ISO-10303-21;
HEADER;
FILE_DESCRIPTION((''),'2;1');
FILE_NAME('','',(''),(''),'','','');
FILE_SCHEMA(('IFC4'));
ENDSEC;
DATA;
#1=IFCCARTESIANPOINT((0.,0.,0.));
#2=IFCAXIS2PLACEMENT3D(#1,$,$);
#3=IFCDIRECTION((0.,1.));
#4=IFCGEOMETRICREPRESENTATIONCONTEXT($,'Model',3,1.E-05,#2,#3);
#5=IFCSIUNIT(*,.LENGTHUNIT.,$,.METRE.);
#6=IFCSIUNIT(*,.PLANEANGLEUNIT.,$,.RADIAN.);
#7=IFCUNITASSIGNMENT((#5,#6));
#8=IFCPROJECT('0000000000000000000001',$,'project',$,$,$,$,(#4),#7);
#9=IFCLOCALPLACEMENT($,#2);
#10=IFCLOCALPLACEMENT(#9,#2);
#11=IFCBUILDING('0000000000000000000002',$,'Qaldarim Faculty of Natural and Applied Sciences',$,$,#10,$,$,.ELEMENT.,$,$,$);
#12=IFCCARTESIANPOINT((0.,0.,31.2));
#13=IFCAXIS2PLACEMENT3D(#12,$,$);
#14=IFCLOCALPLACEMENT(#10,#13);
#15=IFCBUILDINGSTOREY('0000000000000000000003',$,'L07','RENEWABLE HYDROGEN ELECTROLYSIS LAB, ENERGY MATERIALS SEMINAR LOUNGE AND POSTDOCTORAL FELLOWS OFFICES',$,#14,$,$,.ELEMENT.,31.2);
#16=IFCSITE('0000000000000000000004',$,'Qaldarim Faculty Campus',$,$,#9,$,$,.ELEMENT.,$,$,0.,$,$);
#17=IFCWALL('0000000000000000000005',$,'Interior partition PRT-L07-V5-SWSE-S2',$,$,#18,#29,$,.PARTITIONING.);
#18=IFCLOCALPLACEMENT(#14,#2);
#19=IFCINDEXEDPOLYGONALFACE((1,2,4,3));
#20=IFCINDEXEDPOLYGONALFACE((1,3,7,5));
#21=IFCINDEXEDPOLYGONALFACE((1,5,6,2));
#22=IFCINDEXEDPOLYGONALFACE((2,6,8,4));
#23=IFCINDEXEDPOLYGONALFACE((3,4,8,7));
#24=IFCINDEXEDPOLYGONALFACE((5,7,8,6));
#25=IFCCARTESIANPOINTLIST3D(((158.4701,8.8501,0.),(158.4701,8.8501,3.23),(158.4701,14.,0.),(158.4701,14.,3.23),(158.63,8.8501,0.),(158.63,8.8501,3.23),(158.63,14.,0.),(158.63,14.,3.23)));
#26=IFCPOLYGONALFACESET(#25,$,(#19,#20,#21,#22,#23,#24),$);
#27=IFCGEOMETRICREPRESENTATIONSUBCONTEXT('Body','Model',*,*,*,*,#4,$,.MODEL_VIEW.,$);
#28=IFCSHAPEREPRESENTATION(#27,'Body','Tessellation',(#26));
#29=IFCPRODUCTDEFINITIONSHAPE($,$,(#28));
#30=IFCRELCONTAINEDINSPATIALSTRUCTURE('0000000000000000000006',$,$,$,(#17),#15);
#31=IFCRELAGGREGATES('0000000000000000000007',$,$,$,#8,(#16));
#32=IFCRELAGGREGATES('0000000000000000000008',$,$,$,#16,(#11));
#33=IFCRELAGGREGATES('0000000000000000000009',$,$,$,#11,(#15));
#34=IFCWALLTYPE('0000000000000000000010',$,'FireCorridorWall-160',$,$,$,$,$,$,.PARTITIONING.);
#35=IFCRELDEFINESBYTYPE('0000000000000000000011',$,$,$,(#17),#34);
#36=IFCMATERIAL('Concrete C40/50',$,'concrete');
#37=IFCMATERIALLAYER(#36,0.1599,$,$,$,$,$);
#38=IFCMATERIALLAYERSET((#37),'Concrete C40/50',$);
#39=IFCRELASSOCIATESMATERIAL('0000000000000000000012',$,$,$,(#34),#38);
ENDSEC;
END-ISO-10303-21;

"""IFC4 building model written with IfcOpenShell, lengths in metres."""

from ifc_helpers import new_model, si_unit, direction, frame, frame_2d, origin, place, context, subcontext, project, spatial, rectangle, extrude, material, layer, layer_set, type_object, element, save


model = new_model("IFC4")

# Units and contexts
model_context = context("Model", 3, precision=1e-05, world=origin(), true_north=direction((0.0, 1.0)))
body_context = subcontext(model_context, "Body", "Model", "MODEL_VIEW")
ifc_project = project(units=[si_unit("LENGTHUNIT", "METRE"), si_unit("PLANEANGLEUNIT", "RADIAN")], contexts=[model_context])

# Site, building, storey
site_placement = place(None, origin())
site = spatial("IfcSite", under=ifc_project, at=site_placement, Name="Qaldarim Faculty Campus", CompositionType="ELEMENT", RefElevation=0.0)
building_placement = place(site_placement, origin())
building = spatial("IfcBuilding", under=site, at=building_placement, Name="Qaldarim Faculty of Natural and Applied Sciences", CompositionType="ELEMENT")
storey_placement = place(building_placement, frame((0.0, 0.0, 31.2)))
storey = spatial("IfcBuildingStorey", under=building, at=storey_placement, Name="L07", Description="RENEWABLE HYDROGEN ELECTROLYSIS LAB, ENERGY MATERIALS SEMINAR LOUNGE AND POSTDOCTORAL FELLOWS OFFICES", CompositionType="ELEMENT", Elevation=31.2)

# Shared definitions
ifc_material_1 = material(Name="Concrete C40/50", Category="concrete")

# Shared definitions
ifc_layer_1 = layer(ifc_material_1, 0.1599)
ifc_layer_set_1 = layer_set([ifc_layer_1], Name="Concrete C40/50")
wall_type_1 = type_object("IfcWallType", Name="FireCorridorWall-160", PredefinedType="PARTITIONING", material=ifc_layer_set_1)

# Wall
wall_1_placement = place(storey_placement, frame((158.55, 8.8501, 0.0), z_axis=(0.0, 0.0, 1.0), x_axis=(0.0, 1.0, 0.0)))
element("IfcWall", 1, at=wall_1_placement, inside=storey, type_object=wall_type_1, Name="Interior partition PRT-L07-V5-SWSE-S2", PredefinedType="PARTITIONING", context=body_context, shape_type="SweptSolid", body=[
    extrude(rectangle(XDim=5.1499, YDim=0.1599, at=frame_2d((2.575, 0.0))), origin(), (0.0, 0.0, 1.0), 3.23),
])

save(model, "model.ifc")
